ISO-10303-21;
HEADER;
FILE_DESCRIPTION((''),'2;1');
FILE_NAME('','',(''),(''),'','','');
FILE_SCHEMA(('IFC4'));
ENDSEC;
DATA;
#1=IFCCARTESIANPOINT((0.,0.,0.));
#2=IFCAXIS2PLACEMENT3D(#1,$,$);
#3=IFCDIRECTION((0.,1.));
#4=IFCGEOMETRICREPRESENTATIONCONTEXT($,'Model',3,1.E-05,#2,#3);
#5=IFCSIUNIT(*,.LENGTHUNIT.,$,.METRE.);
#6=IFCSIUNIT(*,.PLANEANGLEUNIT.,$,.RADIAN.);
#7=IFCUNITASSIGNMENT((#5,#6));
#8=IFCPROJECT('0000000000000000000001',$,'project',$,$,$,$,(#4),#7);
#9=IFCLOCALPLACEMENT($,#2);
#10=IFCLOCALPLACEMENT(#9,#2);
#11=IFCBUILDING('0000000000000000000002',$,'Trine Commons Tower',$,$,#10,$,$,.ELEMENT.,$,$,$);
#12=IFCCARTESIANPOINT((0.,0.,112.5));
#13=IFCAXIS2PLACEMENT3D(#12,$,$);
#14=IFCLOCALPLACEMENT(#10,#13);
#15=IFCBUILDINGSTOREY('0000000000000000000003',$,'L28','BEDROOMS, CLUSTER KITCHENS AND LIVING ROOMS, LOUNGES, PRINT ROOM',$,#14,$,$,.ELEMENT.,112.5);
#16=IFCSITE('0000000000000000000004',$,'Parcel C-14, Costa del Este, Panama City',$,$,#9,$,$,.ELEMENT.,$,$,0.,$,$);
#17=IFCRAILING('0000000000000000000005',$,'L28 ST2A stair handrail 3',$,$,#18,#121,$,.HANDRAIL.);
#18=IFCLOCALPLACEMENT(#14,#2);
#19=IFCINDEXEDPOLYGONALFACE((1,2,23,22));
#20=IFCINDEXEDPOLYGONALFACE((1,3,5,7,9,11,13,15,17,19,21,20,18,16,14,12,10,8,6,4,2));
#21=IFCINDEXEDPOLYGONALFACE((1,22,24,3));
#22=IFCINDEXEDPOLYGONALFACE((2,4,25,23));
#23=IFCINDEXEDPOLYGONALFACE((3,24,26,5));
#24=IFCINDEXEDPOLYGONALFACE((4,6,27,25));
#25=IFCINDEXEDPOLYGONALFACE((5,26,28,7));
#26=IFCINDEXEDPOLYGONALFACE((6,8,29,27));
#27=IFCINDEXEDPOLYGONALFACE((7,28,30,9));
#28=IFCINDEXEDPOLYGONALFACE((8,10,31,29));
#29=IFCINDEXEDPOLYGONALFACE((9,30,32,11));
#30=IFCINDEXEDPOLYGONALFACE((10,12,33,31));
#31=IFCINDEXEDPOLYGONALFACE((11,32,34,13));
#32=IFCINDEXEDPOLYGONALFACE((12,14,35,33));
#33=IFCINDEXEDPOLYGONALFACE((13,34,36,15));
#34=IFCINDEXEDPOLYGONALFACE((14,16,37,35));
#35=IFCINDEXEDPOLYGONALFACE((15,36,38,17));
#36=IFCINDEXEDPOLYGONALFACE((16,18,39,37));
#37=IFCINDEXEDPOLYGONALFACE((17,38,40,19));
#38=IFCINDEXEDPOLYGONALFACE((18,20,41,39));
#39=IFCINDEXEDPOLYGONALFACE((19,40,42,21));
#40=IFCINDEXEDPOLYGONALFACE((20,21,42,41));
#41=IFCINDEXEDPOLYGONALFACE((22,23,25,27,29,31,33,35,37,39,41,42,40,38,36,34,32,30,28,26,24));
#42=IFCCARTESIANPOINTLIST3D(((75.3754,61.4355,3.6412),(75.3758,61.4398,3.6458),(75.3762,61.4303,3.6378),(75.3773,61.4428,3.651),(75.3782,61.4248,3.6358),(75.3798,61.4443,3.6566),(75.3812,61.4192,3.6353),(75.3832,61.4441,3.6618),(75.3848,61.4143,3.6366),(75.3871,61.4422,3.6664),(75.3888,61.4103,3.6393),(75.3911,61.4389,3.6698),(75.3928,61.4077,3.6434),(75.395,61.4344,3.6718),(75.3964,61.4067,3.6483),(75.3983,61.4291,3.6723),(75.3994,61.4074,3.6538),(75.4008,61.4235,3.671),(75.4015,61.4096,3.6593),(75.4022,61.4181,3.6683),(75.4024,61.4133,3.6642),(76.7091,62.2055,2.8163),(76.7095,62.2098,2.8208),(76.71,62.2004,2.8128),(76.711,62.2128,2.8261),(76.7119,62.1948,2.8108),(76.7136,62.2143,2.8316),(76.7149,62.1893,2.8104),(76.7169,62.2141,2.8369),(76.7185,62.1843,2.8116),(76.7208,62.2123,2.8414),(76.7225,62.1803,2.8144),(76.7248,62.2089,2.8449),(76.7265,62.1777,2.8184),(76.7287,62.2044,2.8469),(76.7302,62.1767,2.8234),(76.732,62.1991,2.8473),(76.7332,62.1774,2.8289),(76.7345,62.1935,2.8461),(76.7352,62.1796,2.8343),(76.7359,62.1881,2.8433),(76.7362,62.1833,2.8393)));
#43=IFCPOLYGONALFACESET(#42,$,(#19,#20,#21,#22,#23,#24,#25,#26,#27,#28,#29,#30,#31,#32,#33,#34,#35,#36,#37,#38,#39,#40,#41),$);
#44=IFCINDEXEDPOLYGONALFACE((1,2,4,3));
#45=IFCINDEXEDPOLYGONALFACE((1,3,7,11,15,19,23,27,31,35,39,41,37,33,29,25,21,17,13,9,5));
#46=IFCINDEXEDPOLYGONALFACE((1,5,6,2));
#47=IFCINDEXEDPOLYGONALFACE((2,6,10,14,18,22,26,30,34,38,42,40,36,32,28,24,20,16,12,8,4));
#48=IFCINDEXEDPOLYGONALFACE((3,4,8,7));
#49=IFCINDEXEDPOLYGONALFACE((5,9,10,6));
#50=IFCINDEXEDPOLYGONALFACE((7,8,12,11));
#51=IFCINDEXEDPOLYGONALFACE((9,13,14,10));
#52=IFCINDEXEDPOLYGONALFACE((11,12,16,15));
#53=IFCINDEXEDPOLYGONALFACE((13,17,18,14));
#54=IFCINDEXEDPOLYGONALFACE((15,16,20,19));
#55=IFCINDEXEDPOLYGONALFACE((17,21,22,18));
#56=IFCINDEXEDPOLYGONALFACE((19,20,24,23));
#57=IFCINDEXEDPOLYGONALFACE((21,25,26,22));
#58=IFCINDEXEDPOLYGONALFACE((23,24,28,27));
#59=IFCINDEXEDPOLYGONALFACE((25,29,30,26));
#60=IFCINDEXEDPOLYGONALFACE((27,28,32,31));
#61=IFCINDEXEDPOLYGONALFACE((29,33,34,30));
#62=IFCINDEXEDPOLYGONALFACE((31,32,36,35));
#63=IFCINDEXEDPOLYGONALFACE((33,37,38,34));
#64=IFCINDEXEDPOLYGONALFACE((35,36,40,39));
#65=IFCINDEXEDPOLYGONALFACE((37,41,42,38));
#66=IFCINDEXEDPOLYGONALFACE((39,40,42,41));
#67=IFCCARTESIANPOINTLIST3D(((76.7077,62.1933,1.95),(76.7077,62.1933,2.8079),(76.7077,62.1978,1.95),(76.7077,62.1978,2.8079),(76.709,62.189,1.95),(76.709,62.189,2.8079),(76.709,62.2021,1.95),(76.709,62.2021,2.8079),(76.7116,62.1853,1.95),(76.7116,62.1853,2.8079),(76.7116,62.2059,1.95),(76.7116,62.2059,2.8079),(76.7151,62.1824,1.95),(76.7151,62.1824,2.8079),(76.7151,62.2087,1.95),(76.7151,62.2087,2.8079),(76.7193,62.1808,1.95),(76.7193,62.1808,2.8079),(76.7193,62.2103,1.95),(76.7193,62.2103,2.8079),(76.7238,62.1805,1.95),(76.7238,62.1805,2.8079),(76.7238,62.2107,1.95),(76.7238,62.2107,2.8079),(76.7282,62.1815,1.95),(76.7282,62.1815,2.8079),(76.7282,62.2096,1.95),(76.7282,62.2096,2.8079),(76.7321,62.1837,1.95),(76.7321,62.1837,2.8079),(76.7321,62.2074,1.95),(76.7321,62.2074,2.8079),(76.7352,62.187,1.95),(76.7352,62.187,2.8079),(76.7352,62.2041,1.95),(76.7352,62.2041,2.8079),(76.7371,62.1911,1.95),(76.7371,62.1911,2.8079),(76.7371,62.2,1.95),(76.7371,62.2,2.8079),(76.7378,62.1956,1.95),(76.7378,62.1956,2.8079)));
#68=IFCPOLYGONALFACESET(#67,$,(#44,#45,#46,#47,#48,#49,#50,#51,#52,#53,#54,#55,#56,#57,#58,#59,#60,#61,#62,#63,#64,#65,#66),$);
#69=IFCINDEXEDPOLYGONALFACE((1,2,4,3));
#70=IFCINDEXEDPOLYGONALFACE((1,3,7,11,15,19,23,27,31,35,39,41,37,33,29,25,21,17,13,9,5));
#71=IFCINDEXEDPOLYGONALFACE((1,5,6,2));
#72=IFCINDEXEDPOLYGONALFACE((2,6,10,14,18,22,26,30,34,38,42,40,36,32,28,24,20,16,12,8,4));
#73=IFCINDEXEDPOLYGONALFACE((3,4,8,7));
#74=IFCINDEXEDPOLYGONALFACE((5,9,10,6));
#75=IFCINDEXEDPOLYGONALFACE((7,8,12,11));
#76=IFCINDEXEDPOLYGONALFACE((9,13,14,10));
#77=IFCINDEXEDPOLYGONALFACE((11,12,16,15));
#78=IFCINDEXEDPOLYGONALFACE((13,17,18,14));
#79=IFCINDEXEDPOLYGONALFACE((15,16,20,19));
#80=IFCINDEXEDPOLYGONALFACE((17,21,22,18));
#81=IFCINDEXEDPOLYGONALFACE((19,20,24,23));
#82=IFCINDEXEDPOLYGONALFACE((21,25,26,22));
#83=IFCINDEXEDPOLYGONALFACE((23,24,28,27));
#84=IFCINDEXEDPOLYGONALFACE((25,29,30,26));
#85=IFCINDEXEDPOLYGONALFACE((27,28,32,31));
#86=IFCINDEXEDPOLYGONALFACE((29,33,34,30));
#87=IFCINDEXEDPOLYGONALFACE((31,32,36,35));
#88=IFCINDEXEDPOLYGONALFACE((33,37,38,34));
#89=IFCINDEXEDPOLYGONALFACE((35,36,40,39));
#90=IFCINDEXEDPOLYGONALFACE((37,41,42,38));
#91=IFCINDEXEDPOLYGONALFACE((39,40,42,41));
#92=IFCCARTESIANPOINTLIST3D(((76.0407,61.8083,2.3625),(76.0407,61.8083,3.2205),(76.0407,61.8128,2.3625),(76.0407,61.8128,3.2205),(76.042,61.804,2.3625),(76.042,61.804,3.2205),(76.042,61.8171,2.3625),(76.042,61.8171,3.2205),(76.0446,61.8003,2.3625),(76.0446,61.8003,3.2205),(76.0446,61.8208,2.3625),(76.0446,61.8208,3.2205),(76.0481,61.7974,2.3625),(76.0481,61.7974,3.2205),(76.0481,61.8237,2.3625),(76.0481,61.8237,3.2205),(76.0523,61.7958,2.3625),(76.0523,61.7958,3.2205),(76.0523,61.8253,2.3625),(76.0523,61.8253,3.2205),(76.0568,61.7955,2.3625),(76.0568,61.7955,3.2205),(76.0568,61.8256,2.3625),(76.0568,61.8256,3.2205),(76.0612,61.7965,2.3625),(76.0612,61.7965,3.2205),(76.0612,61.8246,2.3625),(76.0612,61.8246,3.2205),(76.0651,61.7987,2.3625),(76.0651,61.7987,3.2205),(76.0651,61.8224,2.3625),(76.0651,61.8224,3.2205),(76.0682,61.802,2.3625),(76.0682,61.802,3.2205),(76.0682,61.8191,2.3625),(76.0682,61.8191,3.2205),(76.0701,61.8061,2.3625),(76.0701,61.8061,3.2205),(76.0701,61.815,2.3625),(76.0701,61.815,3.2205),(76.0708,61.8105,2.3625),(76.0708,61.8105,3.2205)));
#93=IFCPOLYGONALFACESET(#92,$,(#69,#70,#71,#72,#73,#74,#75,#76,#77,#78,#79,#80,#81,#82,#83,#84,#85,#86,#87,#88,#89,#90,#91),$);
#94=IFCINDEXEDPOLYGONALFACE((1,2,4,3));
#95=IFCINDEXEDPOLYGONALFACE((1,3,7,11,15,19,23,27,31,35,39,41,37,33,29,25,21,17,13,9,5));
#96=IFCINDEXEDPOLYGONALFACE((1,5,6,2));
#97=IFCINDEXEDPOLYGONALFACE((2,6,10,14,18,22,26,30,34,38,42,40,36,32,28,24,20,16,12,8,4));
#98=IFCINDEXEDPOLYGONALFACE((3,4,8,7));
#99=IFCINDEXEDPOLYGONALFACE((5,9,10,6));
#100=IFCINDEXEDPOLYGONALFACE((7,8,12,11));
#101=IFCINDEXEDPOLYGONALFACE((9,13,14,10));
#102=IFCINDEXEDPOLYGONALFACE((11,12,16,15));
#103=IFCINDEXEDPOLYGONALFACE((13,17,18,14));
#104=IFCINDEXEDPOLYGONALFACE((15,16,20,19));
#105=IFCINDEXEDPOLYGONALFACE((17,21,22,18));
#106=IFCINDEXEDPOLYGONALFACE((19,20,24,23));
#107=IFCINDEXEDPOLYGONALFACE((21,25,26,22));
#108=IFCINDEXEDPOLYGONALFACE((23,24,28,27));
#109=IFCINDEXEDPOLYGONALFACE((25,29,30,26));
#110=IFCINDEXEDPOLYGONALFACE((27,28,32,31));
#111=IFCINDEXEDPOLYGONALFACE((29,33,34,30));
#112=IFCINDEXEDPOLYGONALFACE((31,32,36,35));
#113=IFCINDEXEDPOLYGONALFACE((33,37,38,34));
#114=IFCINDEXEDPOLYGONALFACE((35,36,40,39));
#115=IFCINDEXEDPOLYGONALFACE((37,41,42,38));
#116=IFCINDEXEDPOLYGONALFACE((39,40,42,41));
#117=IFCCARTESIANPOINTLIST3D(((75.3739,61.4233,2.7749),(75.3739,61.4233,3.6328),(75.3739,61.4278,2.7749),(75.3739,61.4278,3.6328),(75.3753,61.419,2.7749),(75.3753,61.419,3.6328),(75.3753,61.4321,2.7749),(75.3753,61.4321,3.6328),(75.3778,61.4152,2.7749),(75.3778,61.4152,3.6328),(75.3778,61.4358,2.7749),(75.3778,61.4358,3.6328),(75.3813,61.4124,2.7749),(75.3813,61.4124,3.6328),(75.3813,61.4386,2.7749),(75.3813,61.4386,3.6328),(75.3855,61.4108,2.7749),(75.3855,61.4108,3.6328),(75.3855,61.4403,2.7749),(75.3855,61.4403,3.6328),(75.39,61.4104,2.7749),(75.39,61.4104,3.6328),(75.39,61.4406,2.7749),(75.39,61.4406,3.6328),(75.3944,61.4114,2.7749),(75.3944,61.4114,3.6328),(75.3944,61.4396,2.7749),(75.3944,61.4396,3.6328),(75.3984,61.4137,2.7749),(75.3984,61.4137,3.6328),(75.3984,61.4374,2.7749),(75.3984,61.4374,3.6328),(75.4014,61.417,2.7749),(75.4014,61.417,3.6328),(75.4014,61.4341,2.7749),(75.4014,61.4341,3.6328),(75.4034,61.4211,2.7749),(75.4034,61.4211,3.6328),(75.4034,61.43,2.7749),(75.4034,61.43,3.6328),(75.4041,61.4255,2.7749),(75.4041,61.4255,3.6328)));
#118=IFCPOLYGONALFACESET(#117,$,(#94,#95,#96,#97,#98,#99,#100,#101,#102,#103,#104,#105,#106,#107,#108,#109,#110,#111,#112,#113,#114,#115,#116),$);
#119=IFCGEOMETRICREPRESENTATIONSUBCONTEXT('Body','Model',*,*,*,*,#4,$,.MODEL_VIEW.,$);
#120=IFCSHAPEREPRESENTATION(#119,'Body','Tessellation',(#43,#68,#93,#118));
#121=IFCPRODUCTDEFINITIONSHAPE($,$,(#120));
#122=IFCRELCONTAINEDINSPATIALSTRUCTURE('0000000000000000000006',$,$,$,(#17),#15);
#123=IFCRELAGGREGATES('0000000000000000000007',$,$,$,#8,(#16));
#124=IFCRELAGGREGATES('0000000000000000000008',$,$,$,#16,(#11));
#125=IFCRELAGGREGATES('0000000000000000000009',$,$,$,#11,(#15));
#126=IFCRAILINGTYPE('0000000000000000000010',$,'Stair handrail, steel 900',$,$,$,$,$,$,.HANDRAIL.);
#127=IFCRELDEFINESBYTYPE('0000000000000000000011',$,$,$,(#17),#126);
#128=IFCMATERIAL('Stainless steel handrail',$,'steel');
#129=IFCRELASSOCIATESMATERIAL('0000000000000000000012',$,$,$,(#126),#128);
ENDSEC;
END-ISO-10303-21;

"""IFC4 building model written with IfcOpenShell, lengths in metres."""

from ifc_helpers import new_model, si_unit, direction, frame, origin, origin_2d, place, context, subcontext, project, spatial, circle, extrude, material, type_object, element, save


model = new_model("IFC4")

# Units and contexts
model_context = context("Model", 3, precision=1e-05, world=origin(), true_north=direction((0.0, 1.0)))
body_context = subcontext(model_context, "Body", "Model", "MODEL_VIEW")
ifc_project = project(units=[si_unit("LENGTHUNIT", "METRE"), si_unit("PLANEANGLEUNIT", "RADIAN")], contexts=[model_context])

# Site, building, storey
site_placement = place(None, origin())
site = spatial("IfcSite", under=ifc_project, at=site_placement, Name="Parcel C-14, Costa del Este, Panama City", CompositionType="ELEMENT", RefElevation=0.0)
building_placement = place(site_placement, origin())
building = spatial("IfcBuilding", under=site, at=building_placement, Name="Trine Commons Tower", CompositionType="ELEMENT")
storey_placement = place(building_placement, frame((0.0, 0.0, 112.5)))
storey = spatial("IfcBuildingStorey", under=building, at=storey_placement, Name="L28", Description="BEDROOMS, CLUSTER KITCHENS AND LIVING ROOMS, LOUNGES, PRINT ROOM", CompositionType="ELEMENT", Elevation=112.5)

# Railing
ifc_material_1 = material(Name="Stainless steel handrail", Category="steel")
railing_type_1 = type_object("IfcRailingType", Name="Stair handrail, steel 900", PredefinedType="HANDRAIL", material=ifc_material_1)
railing_1_placement = place(storey_placement, frame((76.7227, 62.1956, 1.95)))
element("IfcRailing", 1, at=railing_1_placement, inside=storey, type_object=railing_type_1, Name="L28 ST2A stair handrail 3", PredefinedType="HANDRAIL", context=body_context, shape_type="SweptSolid", body=[
    extrude(circle(Radius=0.021, at=origin_2d()), frame((0.0, 0.0, 0.8789), z_axis=(-0.763405, -0.440743, 0.472185), x_axis=(0.499992, -0.86603, 0.0)), (0.0, 0.0, 1.0), 1.7471),
    extrude(circle(Radius=0.0151, at=origin_2d()), origin(), (0.0, 0.0, 1.0), 0.8579),
    extrude(circle(Radius=0.0151, at=origin_2d()), frame((-0.667, -0.385, 0.4126)), (0.0, 0.0, 1.0), 0.8579),
    extrude(circle(Radius=0.0151, at=origin_2d()), frame((-1.3337, -0.77, 0.825)), (0.0, 0.0, 1.0), 0.8579),
])

save(model, "model.ifc")
